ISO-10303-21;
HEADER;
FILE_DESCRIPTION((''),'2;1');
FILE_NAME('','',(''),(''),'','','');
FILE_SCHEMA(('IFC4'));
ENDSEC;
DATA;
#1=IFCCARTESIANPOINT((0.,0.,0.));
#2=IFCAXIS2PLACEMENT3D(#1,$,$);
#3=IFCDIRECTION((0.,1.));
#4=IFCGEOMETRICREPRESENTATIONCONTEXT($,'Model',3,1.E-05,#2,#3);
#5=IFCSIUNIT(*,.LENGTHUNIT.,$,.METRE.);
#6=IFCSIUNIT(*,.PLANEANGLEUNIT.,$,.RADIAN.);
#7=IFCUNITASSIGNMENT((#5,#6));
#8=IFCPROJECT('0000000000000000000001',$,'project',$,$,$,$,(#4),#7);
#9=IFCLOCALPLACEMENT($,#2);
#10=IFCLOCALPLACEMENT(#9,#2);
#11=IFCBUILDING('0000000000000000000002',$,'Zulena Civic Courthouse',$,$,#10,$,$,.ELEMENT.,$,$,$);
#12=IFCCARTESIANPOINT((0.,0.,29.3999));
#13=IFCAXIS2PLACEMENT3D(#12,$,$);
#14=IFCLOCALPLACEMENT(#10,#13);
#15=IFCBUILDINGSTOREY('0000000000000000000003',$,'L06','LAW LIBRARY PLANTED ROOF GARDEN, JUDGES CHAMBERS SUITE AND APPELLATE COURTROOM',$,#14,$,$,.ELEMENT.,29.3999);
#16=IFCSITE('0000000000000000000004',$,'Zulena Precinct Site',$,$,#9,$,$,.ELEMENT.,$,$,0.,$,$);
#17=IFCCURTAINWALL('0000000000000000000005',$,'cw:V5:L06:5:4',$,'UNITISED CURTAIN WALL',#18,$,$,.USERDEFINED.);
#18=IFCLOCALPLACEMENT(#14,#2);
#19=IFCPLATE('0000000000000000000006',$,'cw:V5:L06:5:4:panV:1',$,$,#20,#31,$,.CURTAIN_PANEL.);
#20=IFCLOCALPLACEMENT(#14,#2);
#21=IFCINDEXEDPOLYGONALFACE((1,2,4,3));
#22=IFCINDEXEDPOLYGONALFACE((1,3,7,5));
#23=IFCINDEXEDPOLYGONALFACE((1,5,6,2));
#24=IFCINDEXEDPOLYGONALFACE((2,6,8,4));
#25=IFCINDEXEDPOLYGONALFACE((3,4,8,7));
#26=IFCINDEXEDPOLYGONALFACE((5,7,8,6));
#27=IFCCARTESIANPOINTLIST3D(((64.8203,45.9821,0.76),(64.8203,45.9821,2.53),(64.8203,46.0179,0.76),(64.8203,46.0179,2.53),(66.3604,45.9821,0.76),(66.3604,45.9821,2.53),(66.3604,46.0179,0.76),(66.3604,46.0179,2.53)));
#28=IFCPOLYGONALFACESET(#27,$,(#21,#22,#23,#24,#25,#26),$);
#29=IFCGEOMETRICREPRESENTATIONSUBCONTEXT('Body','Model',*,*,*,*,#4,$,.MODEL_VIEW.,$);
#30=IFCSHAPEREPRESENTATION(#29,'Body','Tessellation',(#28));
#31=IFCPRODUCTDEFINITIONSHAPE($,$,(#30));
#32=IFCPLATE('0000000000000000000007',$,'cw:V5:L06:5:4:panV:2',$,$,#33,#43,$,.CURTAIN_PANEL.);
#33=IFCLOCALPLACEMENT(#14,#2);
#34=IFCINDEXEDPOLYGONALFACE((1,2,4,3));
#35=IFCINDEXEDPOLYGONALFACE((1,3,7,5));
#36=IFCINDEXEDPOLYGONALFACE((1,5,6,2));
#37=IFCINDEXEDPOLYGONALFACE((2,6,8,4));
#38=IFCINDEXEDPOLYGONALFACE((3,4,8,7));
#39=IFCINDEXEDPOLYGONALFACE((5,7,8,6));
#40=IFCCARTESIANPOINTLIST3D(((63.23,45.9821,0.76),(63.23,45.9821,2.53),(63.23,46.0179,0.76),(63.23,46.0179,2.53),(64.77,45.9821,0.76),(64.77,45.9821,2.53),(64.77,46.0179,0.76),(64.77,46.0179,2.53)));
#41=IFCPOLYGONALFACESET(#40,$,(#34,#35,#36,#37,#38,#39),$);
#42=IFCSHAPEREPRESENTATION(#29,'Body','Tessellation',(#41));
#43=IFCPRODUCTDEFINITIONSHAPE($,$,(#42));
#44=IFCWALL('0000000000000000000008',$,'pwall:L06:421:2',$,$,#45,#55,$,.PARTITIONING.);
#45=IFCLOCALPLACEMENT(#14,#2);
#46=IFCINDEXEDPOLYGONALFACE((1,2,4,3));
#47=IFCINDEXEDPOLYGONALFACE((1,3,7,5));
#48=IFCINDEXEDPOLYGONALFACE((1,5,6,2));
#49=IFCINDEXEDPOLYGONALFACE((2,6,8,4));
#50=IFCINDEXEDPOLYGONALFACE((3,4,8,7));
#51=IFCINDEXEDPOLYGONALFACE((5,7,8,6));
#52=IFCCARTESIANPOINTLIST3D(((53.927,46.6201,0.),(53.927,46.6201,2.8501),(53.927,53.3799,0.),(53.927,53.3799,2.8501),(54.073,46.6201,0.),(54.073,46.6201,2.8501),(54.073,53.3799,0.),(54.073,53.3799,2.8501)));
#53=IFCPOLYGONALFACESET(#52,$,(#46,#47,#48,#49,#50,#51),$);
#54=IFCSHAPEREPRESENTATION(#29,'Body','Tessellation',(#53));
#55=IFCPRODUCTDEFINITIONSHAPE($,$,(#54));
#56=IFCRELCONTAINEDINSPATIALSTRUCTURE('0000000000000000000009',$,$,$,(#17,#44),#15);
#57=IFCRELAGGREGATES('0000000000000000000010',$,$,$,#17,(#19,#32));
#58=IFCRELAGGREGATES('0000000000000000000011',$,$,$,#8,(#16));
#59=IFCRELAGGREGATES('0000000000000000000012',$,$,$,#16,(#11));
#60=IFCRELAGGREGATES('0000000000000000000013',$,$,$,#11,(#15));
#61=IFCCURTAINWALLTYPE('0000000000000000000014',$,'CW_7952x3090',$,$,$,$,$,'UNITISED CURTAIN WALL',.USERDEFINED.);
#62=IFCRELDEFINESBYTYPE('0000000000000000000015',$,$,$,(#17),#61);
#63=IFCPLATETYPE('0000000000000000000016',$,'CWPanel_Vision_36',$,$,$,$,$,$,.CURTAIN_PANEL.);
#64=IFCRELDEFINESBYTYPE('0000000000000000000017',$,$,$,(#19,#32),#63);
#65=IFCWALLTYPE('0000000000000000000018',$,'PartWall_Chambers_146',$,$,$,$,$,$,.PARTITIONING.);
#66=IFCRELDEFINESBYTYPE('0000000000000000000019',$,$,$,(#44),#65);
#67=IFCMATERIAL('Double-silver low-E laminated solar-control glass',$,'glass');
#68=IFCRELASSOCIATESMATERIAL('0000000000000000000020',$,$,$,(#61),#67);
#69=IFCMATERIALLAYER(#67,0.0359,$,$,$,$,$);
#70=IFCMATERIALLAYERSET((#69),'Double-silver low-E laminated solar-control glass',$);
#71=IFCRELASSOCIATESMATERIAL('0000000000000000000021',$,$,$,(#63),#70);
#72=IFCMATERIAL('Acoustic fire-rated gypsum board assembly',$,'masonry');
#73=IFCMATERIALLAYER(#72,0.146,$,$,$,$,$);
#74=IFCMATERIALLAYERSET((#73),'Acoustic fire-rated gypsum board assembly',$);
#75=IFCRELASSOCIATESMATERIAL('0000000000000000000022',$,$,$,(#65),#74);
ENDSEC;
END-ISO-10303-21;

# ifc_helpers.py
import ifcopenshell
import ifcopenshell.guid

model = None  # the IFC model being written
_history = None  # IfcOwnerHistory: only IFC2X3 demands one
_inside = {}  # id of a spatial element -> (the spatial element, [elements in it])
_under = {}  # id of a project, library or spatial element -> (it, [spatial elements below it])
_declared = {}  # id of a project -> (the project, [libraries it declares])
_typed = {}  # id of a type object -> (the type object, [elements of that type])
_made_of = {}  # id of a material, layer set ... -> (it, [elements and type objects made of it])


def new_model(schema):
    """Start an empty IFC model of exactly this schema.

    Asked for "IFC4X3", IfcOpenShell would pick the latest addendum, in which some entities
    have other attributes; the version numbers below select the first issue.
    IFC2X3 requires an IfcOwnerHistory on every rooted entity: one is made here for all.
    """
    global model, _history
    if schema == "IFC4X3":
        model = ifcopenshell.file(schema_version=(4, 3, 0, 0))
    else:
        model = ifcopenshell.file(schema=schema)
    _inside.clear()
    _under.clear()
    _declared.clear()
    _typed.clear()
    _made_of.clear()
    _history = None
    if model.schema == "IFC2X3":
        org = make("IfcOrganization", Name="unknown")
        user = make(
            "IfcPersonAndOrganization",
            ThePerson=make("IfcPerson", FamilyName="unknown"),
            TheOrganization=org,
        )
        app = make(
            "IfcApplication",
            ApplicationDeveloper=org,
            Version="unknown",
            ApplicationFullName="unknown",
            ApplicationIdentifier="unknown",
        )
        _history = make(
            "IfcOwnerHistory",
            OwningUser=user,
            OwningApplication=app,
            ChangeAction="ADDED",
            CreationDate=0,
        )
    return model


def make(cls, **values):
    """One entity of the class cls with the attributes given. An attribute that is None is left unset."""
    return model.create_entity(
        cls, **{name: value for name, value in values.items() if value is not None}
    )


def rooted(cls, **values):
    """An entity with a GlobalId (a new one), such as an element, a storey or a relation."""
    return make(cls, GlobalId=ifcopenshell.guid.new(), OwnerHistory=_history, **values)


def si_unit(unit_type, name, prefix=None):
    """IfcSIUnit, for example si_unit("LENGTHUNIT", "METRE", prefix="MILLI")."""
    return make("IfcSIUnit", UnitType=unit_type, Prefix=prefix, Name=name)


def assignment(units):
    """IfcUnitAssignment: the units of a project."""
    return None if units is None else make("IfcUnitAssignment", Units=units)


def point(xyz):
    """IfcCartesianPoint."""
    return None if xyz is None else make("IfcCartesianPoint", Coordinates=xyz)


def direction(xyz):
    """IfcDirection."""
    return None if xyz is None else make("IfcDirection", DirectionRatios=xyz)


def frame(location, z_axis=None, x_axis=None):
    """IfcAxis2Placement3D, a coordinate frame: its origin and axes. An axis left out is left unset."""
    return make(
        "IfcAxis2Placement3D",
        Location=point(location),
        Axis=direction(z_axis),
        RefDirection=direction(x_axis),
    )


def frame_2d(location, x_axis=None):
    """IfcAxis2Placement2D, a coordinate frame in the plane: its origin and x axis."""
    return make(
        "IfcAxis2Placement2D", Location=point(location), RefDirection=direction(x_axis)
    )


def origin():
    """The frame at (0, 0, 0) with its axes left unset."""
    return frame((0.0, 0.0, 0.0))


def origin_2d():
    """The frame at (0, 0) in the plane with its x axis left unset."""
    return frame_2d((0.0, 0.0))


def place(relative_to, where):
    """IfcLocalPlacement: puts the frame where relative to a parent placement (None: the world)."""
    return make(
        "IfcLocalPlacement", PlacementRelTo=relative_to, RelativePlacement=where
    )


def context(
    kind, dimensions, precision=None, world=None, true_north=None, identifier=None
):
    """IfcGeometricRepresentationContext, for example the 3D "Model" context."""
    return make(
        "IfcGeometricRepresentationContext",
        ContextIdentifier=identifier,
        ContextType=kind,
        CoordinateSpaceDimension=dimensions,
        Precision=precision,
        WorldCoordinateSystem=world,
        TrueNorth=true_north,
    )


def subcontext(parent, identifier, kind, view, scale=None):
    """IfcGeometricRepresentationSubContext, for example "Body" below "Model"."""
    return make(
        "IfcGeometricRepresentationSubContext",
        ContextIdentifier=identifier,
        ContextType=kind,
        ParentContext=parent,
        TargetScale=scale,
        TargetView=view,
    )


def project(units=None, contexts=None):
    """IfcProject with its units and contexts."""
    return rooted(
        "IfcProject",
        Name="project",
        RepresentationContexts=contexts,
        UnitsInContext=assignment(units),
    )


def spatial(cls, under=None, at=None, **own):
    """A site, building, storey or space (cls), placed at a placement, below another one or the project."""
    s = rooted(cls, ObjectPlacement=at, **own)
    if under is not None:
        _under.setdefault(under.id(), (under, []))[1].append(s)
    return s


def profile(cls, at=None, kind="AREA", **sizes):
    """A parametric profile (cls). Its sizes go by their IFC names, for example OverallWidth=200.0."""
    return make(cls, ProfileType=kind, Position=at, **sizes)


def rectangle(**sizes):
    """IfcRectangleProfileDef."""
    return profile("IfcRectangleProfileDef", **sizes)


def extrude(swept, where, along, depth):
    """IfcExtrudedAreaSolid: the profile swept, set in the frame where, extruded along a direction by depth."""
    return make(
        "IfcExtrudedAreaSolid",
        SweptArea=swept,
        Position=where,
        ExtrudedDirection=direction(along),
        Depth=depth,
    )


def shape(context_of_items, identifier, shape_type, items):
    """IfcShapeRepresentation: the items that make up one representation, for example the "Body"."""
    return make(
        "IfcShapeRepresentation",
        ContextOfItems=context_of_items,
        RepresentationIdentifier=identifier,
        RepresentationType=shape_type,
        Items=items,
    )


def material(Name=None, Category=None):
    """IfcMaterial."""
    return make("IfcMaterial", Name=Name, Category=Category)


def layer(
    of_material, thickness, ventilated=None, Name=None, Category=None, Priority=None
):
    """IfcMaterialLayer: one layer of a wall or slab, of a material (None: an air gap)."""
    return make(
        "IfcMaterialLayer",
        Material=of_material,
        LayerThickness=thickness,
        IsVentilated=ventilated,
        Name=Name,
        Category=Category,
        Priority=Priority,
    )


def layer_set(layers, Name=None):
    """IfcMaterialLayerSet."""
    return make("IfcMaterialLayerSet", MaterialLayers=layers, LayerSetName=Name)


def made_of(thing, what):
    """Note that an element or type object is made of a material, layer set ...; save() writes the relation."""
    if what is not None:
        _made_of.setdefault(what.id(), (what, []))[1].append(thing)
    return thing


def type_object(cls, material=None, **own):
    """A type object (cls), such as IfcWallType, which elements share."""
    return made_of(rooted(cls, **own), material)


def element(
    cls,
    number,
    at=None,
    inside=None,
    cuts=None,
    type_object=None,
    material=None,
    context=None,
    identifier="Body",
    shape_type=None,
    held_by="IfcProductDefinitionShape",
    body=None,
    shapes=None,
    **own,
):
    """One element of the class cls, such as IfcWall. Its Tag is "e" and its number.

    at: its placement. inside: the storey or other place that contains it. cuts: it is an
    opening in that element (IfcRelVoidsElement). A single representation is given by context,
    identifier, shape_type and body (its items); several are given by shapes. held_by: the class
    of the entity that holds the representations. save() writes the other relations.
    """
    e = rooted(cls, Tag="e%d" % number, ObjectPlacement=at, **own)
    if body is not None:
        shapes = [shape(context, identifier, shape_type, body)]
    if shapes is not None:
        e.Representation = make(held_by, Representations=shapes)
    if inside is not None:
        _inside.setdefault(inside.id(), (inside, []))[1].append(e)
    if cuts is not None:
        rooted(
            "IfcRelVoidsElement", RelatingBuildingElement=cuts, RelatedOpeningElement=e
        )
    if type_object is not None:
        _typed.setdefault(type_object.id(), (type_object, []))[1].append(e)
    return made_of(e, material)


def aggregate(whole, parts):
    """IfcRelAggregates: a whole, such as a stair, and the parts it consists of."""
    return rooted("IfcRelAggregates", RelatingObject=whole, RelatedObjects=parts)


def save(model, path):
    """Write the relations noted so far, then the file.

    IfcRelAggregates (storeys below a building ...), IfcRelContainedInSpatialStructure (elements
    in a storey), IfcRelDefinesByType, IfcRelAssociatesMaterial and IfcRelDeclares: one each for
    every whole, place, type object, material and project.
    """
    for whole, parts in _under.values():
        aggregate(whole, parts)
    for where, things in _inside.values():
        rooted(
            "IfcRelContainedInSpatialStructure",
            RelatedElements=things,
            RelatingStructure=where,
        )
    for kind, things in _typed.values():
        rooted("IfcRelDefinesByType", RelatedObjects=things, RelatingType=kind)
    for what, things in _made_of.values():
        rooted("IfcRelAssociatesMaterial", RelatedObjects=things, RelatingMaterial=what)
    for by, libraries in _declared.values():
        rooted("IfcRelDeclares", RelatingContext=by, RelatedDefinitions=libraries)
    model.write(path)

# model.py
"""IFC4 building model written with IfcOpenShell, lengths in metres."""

from ifc_helpers import new_model, si_unit, direction, frame, frame_2d, origin, origin_2d, place, context, subcontext, project, spatial, rectangle, extrude, material, layer, layer_set, type_object, element, aggregate, save


model = new_model("IFC4")

# Units and contexts
model_context = context("Model", 3, precision=1e-05, world=origin(), true_north=direction((0.0, 1.0)))
body_context = subcontext(model_context, "Body", "Model", "MODEL_VIEW")
ifc_project = project(units=[si_unit("LENGTHUNIT", "METRE"), si_unit("PLANEANGLEUNIT", "RADIAN")], contexts=[model_context])

# Site, building, storey
site_placement = place(None, origin())
site = spatial("IfcSite", under=ifc_project, at=site_placement, Name="Zulena Precinct Site", CompositionType="ELEMENT", RefElevation=0.0)
building_placement = place(site_placement, origin())
building = spatial("IfcBuilding", under=site, at=building_placement, Name="Zulena Civic Courthouse", CompositionType="ELEMENT")
storey_placement = place(building_placement, frame((0.0, 0.0, 29.3999)))
storey = spatial("IfcBuildingStorey", under=building, at=storey_placement, Name="L06", Description="LAW LIBRARY PLANTED ROOF GARDEN, JUDGES CHAMBERS SUITE AND APPELLATE COURTROOM", CompositionType="ELEMENT", Elevation=29.3999)

# Curtain wall
ifc_material_1 = material(Name="Double-silver low-E laminated solar-control glass", Category="glass")
curtain_wall_type = type_object("IfcCurtainWallType", Name="CW_7952x3090", ElementType="UNITISED CURTAIN WALL", PredefinedType="USERDEFINED", material=ifc_material_1)
curtain_wall_placement = place(storey_placement, origin())
curtain_wall = element("IfcCurtainWall", 1, at=curtain_wall_placement, inside=storey, type_object=curtain_wall_type, Name="cw:V5:L06:5:4", ObjectType="UNITISED CURTAIN WALL", PredefinedType="USERDEFINED")

# Plates
ifc_layer_1 = layer(ifc_material_1, 0.0359)
ifc_layer_set_1 = layer_set([ifc_layer_1], Name="Double-silver low-E laminated solar-control glass")
plate_type_1 = type_object("IfcPlateType", Name="CWPanel_Vision_36", PredefinedType="CURTAIN_PANEL", material=ifc_layer_set_1)
plate_1_placement = place(storey_placement, frame((65.5903, 46.0, 0.76), z_axis=(0.0, 0.0, 1.0), x_axis=(-1.0, 0.0, 0.0)))
plate_1 = element("IfcPlate", 2, at=plate_1_placement, type_object=plate_type_1, Name="cw:V5:L06:5:4:panV:1", PredefinedType="CURTAIN_PANEL", context=body_context, shape_type="SweptSolid", body=[
    extrude(rectangle(XDim=1.54, YDim=0.0359, at=origin_2d()), origin(), (0.0, 0.0, 1.0), 1.77),
])
plate_2_placement = place(storey_placement, frame((64.0, 46.0, 0.76), z_axis=(0.0, 0.0, 1.0), x_axis=(-1.0, 0.0, 0.0)))
plate_2 = element("IfcPlate", 3, at=plate_2_placement, type_object=plate_type_1, Name="cw:V5:L06:5:4:panV:2", PredefinedType="CURTAIN_PANEL", context=body_context, shape_type="SweptSolid", body=[
    extrude(rectangle(XDim=1.54, YDim=0.0359, at=origin_2d()), origin(), (0.0, 0.0, 1.0), 1.77),
])
aggregate(curtain_wall, [plate_1, plate_2])

# Wall
ifc_material_2 = material(Name="Acoustic fire-rated gypsum board assembly", Category="masonry")
ifc_layer_2 = layer(ifc_material_2, 0.146)
ifc_layer_set_2 = layer_set([ifc_layer_2], Name="Acoustic fire-rated gypsum board assembly")
wall_type = type_object("IfcWallType", Name="PartWall_Chambers_146", PredefinedType="PARTITIONING", material=ifc_layer_set_2)
wall_placement = place(storey_placement, frame((54.0, 46.6201, 0.0), z_axis=(0.0, 0.0, 1.0), x_axis=(0.0, 1.0, 0.0)))
element("IfcWall", 4, at=wall_placement, inside=storey, type_object=wall_type, Name="pwall:L06:421:2", PredefinedType="PARTITIONING", context=body_context, shape_type="SweptSolid", body=[
    extrude(rectangle(XDim=6.7598, YDim=0.146, at=frame_2d((3.3799, 0.0))), origin(), (0.0, 0.0, 1.0), 2.8501),
])

save(model, "model.ifc")
